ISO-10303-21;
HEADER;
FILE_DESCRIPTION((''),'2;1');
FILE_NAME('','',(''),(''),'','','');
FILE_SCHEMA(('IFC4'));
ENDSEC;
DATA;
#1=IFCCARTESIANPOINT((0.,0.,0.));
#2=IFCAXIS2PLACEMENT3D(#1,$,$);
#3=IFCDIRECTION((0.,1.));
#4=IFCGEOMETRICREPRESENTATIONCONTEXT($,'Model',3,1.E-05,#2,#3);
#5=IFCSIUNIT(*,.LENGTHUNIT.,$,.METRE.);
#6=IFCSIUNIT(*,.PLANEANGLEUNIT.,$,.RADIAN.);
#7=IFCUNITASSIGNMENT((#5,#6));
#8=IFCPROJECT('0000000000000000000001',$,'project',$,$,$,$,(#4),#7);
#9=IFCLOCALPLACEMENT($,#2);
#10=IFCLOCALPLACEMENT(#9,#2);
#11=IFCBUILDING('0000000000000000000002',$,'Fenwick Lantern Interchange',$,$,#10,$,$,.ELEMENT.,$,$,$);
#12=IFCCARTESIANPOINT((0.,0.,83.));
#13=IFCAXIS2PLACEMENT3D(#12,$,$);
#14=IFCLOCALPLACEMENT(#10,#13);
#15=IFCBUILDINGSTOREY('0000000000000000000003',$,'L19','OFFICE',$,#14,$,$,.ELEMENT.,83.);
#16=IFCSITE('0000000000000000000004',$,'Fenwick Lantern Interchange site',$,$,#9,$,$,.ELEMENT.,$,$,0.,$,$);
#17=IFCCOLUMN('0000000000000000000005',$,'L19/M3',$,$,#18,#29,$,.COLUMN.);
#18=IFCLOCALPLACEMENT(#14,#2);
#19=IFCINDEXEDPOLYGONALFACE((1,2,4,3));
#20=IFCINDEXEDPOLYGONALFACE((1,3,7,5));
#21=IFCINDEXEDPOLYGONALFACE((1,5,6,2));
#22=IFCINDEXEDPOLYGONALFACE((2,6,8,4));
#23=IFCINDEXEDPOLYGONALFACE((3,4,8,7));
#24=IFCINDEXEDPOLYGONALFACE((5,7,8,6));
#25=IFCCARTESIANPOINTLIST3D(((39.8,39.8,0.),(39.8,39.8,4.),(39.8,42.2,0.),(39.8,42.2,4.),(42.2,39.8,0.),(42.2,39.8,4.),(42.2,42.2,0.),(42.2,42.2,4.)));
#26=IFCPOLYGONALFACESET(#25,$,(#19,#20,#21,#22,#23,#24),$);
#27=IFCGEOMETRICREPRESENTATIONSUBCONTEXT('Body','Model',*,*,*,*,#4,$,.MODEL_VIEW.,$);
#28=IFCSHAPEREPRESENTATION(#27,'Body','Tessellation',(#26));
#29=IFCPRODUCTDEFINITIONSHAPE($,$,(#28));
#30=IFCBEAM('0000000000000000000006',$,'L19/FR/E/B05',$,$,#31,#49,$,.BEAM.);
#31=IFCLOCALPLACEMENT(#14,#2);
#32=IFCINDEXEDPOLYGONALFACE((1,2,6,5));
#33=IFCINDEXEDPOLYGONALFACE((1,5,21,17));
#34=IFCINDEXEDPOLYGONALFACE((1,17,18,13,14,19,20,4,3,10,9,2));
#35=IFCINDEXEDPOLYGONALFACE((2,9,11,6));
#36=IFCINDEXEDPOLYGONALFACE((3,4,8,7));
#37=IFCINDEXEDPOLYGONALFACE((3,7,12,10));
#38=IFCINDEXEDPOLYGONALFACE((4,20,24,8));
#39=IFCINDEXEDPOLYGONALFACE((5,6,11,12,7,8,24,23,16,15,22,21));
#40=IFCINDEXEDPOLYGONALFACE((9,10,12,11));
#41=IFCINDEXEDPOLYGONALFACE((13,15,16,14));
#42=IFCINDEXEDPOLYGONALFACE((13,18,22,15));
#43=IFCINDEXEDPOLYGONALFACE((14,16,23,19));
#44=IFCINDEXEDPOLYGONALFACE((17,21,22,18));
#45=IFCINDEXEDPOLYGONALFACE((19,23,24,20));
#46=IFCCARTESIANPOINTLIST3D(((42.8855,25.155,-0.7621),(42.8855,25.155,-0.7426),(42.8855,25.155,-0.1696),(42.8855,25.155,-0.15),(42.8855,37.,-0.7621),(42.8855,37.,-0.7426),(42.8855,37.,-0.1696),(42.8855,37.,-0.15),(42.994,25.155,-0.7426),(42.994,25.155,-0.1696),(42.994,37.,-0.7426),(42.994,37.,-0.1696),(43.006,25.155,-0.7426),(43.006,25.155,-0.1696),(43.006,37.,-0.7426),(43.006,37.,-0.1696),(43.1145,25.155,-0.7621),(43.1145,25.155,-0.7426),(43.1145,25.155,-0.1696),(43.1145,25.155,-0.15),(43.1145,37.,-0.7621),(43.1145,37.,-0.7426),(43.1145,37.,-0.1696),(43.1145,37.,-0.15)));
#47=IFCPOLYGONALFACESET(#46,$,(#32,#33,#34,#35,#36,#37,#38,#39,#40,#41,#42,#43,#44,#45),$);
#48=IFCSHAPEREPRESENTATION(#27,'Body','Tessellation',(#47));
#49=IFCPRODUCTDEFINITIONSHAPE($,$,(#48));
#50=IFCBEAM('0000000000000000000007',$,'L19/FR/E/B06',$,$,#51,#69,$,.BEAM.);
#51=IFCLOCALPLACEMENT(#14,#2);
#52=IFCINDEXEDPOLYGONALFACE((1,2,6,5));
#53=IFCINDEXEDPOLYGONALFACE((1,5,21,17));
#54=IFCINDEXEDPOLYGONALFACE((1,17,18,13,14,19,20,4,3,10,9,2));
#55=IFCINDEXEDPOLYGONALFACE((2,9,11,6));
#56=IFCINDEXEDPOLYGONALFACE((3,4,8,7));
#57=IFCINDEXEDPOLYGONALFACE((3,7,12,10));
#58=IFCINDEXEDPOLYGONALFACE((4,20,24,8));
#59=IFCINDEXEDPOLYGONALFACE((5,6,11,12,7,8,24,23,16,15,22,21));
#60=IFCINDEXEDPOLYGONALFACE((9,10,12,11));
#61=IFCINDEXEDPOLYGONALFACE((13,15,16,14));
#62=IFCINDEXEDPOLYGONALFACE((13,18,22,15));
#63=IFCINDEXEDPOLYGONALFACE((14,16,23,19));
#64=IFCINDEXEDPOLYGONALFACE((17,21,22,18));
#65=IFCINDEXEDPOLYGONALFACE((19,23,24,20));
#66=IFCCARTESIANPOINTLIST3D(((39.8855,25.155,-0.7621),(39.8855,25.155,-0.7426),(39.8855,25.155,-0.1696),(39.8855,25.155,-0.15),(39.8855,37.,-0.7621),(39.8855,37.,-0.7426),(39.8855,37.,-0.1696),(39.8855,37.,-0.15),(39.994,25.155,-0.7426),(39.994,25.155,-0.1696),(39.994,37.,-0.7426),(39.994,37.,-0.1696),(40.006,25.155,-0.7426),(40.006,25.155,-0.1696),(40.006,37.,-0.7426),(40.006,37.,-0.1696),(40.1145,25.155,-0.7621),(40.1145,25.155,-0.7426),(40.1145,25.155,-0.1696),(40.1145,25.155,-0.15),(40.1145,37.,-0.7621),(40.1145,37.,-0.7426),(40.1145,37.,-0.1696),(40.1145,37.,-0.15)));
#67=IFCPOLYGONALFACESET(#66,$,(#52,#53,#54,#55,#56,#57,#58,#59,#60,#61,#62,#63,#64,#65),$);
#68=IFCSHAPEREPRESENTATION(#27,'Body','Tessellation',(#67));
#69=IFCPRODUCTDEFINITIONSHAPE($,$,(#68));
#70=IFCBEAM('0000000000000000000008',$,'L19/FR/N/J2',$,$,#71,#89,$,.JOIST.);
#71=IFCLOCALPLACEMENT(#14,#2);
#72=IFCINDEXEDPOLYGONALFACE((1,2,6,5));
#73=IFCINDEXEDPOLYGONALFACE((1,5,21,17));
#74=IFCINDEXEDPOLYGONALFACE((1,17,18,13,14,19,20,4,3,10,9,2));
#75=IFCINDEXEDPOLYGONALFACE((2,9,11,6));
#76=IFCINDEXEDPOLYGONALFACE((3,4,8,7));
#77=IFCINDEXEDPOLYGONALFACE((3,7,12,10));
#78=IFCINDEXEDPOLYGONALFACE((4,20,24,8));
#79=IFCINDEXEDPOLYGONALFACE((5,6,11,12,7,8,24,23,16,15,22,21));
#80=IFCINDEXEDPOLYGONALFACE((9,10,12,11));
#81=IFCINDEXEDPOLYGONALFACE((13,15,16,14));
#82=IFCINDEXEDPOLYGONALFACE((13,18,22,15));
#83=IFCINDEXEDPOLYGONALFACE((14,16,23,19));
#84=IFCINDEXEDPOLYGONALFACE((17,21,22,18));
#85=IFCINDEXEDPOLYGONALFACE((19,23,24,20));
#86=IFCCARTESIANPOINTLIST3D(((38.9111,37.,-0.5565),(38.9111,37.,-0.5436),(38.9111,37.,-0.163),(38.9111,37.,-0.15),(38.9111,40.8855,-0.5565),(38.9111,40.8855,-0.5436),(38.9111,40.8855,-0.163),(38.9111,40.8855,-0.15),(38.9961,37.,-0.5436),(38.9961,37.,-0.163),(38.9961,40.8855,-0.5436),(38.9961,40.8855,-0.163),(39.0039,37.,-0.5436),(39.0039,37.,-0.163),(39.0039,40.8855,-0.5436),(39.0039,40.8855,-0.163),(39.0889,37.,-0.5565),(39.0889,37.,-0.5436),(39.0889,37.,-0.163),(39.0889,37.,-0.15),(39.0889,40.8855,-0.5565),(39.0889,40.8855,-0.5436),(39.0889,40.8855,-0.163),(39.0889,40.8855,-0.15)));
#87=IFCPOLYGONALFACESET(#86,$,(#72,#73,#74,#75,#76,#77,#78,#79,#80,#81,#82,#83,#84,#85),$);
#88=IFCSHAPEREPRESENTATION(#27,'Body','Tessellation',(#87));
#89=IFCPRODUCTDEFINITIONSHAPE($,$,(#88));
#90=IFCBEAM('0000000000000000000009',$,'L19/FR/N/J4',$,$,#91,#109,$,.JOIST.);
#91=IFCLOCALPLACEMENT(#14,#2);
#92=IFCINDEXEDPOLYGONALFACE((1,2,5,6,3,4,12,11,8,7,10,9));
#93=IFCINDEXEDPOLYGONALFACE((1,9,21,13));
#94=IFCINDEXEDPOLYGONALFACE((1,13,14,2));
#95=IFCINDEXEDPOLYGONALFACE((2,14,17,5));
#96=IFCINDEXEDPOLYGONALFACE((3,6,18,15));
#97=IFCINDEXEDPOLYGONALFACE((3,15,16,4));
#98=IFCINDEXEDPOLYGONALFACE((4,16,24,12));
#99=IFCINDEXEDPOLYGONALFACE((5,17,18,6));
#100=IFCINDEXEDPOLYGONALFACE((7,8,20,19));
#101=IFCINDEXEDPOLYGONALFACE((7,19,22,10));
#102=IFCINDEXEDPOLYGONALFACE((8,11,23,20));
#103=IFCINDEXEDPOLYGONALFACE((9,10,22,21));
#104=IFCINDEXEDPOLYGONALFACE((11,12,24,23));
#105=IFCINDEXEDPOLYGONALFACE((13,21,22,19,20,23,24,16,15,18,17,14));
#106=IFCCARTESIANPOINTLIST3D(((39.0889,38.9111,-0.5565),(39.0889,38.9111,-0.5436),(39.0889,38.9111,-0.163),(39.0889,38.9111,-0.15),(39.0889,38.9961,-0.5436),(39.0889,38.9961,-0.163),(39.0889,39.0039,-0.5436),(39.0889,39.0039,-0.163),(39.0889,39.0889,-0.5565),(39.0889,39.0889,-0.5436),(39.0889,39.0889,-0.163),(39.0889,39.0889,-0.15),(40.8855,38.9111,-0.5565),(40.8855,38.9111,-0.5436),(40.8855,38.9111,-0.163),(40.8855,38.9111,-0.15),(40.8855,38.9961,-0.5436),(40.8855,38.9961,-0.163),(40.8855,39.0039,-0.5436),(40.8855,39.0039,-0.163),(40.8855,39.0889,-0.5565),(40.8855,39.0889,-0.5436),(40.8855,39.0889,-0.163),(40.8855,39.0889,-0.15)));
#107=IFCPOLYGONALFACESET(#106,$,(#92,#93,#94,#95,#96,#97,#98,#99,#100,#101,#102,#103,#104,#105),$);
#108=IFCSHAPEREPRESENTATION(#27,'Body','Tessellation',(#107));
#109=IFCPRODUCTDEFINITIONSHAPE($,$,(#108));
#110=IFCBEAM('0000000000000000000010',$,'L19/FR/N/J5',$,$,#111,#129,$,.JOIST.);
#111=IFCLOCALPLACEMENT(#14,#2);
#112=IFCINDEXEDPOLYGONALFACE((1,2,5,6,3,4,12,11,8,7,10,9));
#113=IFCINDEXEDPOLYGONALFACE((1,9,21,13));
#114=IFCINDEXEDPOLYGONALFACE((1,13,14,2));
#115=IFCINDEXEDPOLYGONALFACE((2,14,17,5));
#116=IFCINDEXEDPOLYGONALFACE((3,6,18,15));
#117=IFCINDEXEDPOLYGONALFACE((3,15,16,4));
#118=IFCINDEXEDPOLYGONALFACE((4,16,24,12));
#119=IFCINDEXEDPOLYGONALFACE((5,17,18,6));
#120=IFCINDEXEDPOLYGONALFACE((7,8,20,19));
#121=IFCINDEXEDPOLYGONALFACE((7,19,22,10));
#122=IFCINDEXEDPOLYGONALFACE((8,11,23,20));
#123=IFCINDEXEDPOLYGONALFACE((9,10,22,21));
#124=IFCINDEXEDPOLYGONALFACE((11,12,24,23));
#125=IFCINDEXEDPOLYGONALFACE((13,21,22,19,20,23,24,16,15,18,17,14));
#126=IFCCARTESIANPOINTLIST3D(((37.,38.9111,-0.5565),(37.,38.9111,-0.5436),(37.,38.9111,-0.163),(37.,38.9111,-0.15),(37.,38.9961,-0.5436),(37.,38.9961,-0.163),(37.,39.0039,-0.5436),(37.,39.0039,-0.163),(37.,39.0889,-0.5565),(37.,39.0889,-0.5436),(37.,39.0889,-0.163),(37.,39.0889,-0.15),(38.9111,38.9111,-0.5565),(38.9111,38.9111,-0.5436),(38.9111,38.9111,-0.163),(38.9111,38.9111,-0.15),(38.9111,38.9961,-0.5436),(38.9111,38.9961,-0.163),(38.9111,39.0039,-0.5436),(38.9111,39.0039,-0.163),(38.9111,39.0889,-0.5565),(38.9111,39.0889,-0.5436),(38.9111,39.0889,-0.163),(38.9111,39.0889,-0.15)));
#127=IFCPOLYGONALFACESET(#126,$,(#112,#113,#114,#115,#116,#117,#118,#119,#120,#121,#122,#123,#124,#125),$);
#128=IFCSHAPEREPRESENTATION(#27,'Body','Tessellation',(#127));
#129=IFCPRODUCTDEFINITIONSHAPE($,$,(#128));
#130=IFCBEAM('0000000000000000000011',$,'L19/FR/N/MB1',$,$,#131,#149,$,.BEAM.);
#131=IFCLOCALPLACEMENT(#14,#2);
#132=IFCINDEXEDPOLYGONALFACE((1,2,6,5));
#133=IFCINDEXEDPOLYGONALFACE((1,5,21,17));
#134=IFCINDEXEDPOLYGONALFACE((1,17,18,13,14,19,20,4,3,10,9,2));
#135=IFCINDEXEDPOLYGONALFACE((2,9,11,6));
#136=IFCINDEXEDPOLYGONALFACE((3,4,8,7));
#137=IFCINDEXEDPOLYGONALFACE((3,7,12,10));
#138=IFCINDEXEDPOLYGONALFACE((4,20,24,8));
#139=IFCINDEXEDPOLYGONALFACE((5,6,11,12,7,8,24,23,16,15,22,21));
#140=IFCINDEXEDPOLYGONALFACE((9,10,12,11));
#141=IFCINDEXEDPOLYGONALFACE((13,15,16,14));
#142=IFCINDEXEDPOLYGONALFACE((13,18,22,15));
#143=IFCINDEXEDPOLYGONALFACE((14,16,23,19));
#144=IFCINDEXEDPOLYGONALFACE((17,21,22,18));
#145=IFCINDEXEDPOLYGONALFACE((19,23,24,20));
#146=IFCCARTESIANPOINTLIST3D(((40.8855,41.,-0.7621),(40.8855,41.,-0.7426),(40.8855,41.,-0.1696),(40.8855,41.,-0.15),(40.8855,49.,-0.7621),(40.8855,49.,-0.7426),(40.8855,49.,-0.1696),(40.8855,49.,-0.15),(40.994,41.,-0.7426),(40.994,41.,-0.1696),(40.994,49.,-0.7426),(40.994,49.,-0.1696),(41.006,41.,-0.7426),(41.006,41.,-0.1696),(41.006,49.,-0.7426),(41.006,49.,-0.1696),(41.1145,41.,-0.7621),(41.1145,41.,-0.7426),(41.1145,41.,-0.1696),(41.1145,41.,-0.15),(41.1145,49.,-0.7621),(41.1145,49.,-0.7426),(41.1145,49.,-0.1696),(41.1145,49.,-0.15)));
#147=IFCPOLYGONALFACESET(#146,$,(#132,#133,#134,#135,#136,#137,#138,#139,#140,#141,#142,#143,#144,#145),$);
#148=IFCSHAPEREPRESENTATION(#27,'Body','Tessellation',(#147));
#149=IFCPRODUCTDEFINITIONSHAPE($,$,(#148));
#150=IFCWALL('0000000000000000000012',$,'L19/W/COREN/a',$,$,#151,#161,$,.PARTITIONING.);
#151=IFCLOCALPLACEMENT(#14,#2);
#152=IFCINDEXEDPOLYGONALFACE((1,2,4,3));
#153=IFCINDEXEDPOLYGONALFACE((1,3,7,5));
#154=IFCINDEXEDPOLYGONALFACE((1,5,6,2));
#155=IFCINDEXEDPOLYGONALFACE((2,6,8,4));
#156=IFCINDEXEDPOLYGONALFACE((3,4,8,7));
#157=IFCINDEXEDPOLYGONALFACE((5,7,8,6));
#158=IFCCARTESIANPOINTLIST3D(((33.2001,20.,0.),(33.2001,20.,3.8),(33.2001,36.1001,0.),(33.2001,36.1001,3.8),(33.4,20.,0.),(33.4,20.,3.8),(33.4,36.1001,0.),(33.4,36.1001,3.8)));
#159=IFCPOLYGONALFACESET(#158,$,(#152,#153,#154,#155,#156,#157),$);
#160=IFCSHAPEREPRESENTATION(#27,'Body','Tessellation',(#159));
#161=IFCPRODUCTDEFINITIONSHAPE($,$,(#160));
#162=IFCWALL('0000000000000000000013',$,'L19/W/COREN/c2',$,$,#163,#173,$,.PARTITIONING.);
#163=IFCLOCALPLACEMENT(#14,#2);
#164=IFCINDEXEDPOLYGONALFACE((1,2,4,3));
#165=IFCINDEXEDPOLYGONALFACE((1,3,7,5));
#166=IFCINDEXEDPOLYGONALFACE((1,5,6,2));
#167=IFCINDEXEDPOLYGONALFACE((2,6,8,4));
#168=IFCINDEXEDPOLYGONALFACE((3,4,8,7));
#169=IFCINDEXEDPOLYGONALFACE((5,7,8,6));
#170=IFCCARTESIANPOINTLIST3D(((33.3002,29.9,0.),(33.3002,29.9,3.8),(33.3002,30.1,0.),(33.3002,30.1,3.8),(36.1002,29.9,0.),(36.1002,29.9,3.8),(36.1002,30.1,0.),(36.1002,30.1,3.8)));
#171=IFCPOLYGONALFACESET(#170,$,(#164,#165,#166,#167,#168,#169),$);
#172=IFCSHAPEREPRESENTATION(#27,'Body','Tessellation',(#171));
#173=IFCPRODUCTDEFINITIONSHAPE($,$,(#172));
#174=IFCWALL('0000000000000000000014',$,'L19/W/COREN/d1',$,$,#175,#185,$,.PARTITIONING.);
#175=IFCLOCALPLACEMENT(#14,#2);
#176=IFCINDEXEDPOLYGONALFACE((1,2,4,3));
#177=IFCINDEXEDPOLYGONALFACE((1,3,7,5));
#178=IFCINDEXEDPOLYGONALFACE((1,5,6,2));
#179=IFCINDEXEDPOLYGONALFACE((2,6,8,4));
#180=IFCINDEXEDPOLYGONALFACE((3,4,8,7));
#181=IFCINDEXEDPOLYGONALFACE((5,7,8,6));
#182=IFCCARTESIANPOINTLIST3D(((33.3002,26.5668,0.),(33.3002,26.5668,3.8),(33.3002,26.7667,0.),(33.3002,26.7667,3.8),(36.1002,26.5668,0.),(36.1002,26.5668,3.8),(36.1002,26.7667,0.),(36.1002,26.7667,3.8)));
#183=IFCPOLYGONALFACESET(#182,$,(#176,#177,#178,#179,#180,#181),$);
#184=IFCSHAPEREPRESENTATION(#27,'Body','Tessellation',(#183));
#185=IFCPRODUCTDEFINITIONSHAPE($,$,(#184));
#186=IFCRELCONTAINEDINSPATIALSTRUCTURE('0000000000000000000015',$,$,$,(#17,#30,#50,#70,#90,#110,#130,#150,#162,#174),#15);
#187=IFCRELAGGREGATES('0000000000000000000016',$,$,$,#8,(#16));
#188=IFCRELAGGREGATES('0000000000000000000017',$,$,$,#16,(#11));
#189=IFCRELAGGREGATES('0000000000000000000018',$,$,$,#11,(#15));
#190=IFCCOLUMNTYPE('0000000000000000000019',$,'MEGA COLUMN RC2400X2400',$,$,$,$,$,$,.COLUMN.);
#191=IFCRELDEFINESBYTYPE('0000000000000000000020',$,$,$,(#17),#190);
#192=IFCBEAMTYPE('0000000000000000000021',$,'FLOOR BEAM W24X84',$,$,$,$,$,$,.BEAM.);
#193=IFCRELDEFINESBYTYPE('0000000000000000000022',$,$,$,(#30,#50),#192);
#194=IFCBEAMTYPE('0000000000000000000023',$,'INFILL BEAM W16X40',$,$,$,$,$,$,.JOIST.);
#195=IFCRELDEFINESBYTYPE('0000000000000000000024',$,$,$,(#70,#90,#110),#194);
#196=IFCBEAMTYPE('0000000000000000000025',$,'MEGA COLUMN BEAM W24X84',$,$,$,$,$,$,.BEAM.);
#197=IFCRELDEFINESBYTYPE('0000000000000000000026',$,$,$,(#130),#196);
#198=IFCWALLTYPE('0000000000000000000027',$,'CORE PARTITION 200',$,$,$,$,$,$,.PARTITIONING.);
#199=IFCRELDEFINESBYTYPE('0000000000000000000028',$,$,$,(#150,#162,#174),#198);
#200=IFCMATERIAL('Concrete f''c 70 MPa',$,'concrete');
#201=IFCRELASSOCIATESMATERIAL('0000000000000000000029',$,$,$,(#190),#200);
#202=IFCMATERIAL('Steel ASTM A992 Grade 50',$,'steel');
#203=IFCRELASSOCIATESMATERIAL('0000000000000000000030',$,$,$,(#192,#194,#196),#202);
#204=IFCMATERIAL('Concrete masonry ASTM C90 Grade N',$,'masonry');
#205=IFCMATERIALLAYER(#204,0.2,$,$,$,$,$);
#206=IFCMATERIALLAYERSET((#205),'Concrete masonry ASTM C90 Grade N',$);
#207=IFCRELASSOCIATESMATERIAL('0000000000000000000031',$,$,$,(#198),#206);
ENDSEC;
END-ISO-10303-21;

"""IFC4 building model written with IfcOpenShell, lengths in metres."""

from ifc_helpers import new_model, si_unit, direction, frame, frame_2d, origin, origin_2d, place, context, subcontext, project, spatial, rectangle, i_section, extrude, material, layer, layer_set, material_profile, profile_set, type_object, element, save


model = new_model("IFC4")

# Units and contexts
model_context = context("Model", 3, precision=1e-05, world=origin(), true_north=direction((0.0, 1.0)))
body_context = subcontext(model_context, "Body", "Model", "MODEL_VIEW")
ifc_project = project(units=[si_unit("LENGTHUNIT", "METRE"), si_unit("PLANEANGLEUNIT", "RADIAN")], contexts=[model_context])

# Site, building, storey
site_placement = place(None, origin())
site = spatial("IfcSite", under=ifc_project, at=site_placement, Name="Fenwick Lantern Interchange site", CompositionType="ELEMENT", RefElevation=0.0)
building_placement = place(site_placement, origin())
building = spatial("IfcBuilding", under=site, at=building_placement, Name="Fenwick Lantern Interchange", CompositionType="ELEMENT")
storey_placement = place(building_placement, frame((0.0, 0.0, 83.0)))
storey = spatial("IfcBuildingStorey", under=building, at=storey_placement, Name="L19", Description="OFFICE", CompositionType="ELEMENT", Elevation=83.0)

# Column
ifc_material_1 = material(Name="Concrete f'c 70 MPa", Category="concrete")
ifc_material_profile_1 = material_profile(ifc_material_1, rectangle(XDim=2.3999, YDim=2.3999, at=origin_2d()), Name="RC2400X2400")
ifc_profile_set_1 = profile_set([ifc_material_profile_1], Name="Concrete f'c 70 MPa")
column_type = type_object("IfcColumnType", Name="MEGA COLUMN RC2400X2400", PredefinedType="COLUMN", material=ifc_profile_set_1)
column_placement = place(storey_placement, frame((41.0, 41.0, 0.0), z_axis=(0.0, 0.0, 1.0), x_axis=(1.0, 0.0, 0.0)))
element("IfcColumn", 1, at=column_placement, inside=storey, type_object=column_type, Name="L19/M3", PredefinedType="COLUMN", context=body_context, shape_type="SweptSolid", body=[
    extrude(rectangle(XDim=2.3999, YDim=2.3999, at=origin_2d()), origin(), (0.0, 0.0, 1.0), 4.0),
])

# Beams
ifc_material_2 = material(Name="Steel ASTM A992 Grade 50", Category="steel")
ifc_material_profile_2 = material_profile(ifc_material_2, i_section(OverallWidth=0.229, OverallDepth=0.6121, WebThickness=0.012, FlangeThickness=0.0195, at=origin_2d()), Name="W24X84")
ifc_profile_set_2 = profile_set([ifc_material_profile_2], Name="Steel ASTM A992 Grade 50")
beam_type_1 = type_object("IfcBeamType", Name="FLOOR BEAM W24X84", PredefinedType="BEAM", material=ifc_profile_set_2)
for number, where, z_axis, x_axis, name in (
    (2, (43.0, 25.155, -0.4561), (0.0, 1.0, 0.0), (-1.0, 0.0, 0.0), "L19/FR/E/B05"),
    (3, (40.0, 25.155, -0.4561), (0.0, 1.0, 0.0), (-1.0, 0.0, 0.0), "L19/FR/E/B06"),
):
    element("IfcBeam", number, at=place(storey_placement, frame(where, z_axis=z_axis, x_axis=x_axis)), inside=storey, type_object=beam_type_1, Name=name, PredefinedType="BEAM", context=body_context, shape_type="SweptSolid", body=[
        extrude(i_section(OverallWidth=0.229, OverallDepth=0.6121, WebThickness=0.012, FlangeThickness=0.0195, at=origin_2d()), origin(), (0.0, 0.0, 1.0), 11.845),
    ])
ifc_material_profile_3 = material_profile(ifc_material_2, i_section(OverallWidth=0.1777, OverallDepth=0.4065, WebThickness=0.0078, FlangeThickness=0.0129, at=origin_2d()), Name="W16X40")
ifc_profile_set_3 = profile_set([ifc_material_profile_3], Name="Steel ASTM A992 Grade 50")
beam_type_2 = type_object("IfcBeamType", Name="INFILL BEAM W16X40", PredefinedType="JOIST", material=ifc_profile_set_3)
beam_1_placement = place(storey_placement, frame((39.0, 40.8855, -0.3533), z_axis=(0.0, -1.0, 0.0), x_axis=(1.0, 0.0, 0.0)))
element("IfcBeam", 4, at=beam_1_placement, inside=storey, type_object=beam_type_2, Name="L19/FR/N/J2", PredefinedType="JOIST", context=body_context, shape_type="SweptSolid", body=[
    extrude(i_section(OverallWidth=0.1777, OverallDepth=0.4065, WebThickness=0.0078, FlangeThickness=0.0129, at=origin_2d()), origin(), (0.0, 0.0, 1.0), 3.8855),
])
beam_2_placement = place(storey_placement, frame((40.8855, 39.0, -0.3533), z_axis=(-1.0, 0.0, 0.0), x_axis=(0.0, -1.0, 0.0)))
element("IfcBeam", 5, at=beam_2_placement, inside=storey, type_object=beam_type_2, Name="L19/FR/N/J4", PredefinedType="JOIST", context=body_context, shape_type="SweptSolid", body=[
    extrude(i_section(OverallWidth=0.1777, OverallDepth=0.4065, WebThickness=0.0078, FlangeThickness=0.0129, at=origin_2d()), origin(), (0.0, 0.0, 1.0), 1.7966),
])
beam_3_placement = place(storey_placement, frame((38.9111, 39.0, -0.3533), z_axis=(-1.0, 0.0, 0.0), x_axis=(0.0, -1.0, 0.0)))
element("IfcBeam", 6, at=beam_3_placement, inside=storey, type_object=beam_type_2, Name="L19/FR/N/J5", PredefinedType="JOIST", context=body_context, shape_type="SweptSolid", body=[
    extrude(i_section(OverallWidth=0.1777, OverallDepth=0.4065, WebThickness=0.0078, FlangeThickness=0.0129, at=origin_2d()), origin(), (0.0, 0.0, 1.0), 1.9111),
])
ifc_material_profile_4 = material_profile(ifc_material_2, i_section(OverallWidth=0.229, OverallDepth=0.6121, WebThickness=0.012, FlangeThickness=0.0195, at=origin_2d()), Name="W24X84")
ifc_profile_set_4 = profile_set([ifc_material_profile_4], Name="Steel ASTM A992 Grade 50")
beam_type_3 = type_object("IfcBeamType", Name="MEGA COLUMN BEAM W24X84", PredefinedType="BEAM", material=ifc_profile_set_4)
beam_4_placement = place(storey_placement, frame((41.0, 41.0, -0.4561), z_axis=(0.0, 1.0, 0.0), x_axis=(-1.0, 0.0, 0.0)))
element("IfcBeam", 7, at=beam_4_placement, inside=storey, type_object=beam_type_3, Name="L19/FR/N/MB1", PredefinedType="BEAM", context=body_context, shape_type="SweptSolid", body=[
    extrude(i_section(OverallWidth=0.229, OverallDepth=0.6121, WebThickness=0.012, FlangeThickness=0.0195, at=origin_2d()), origin(), (0.0, 0.0, 1.0), 8.0),
])

# Walls
ifc_material_3 = material(Name="Concrete masonry ASTM C90 Grade N", Category="masonry")
ifc_layer_1 = layer(ifc_material_3, 0.2)
ifc_layer_set_1 = layer_set([ifc_layer_1], Name="Concrete masonry ASTM C90 Grade N")
wall_type_1 = type_object("IfcWallType", Name="CORE PARTITION 200", PredefinedType="PARTITIONING", material=ifc_layer_set_1)
wall_1_placement = place(storey_placement, frame((33.3, 36.1001, 0.0), z_axis=(0.0, 0.0, 1.0), x_axis=(0.0, -1.0, 0.0)))
element("IfcWall", 8, at=wall_1_placement, inside=storey, type_object=wall_type_1, Name="L19/W/COREN/a", PredefinedType="PARTITIONING", context=body_context, shape_type="SweptSolid", body=[
    extrude(rectangle(XDim=16.1001, YDim=0.2, at=frame_2d((8.05, 0.0))), origin(), (0.0, 0.0, 1.0), 3.8),
])
for number, where, z_axis, x_axis, name in (
    (9, (36.1001, 30.0, 0.0), (0.0, 0.0, 1.0), (-1.0, 0.0, 0.0), "L19/W/COREN/c2"),
    (10, (36.1001, 26.6667, 0.0), (0.0, 0.0, 1.0), (-1.0, 0.0, 0.0), "L19/W/COREN/d1"),
):
    element("IfcWall", number, at=place(storey_placement, frame(where, z_axis=z_axis, x_axis=x_axis)), inside=storey, type_object=wall_type_1, Name=name, PredefinedType="PARTITIONING", context=body_context, shape_type="SweptSolid", body=[
        extrude(rectangle(XDim=2.8, YDim=0.2, at=frame_2d((1.3999, 0.0))), origin(), (0.0, 0.0, 1.0), 3.8),
    ])

save(model, "model.ifc")
